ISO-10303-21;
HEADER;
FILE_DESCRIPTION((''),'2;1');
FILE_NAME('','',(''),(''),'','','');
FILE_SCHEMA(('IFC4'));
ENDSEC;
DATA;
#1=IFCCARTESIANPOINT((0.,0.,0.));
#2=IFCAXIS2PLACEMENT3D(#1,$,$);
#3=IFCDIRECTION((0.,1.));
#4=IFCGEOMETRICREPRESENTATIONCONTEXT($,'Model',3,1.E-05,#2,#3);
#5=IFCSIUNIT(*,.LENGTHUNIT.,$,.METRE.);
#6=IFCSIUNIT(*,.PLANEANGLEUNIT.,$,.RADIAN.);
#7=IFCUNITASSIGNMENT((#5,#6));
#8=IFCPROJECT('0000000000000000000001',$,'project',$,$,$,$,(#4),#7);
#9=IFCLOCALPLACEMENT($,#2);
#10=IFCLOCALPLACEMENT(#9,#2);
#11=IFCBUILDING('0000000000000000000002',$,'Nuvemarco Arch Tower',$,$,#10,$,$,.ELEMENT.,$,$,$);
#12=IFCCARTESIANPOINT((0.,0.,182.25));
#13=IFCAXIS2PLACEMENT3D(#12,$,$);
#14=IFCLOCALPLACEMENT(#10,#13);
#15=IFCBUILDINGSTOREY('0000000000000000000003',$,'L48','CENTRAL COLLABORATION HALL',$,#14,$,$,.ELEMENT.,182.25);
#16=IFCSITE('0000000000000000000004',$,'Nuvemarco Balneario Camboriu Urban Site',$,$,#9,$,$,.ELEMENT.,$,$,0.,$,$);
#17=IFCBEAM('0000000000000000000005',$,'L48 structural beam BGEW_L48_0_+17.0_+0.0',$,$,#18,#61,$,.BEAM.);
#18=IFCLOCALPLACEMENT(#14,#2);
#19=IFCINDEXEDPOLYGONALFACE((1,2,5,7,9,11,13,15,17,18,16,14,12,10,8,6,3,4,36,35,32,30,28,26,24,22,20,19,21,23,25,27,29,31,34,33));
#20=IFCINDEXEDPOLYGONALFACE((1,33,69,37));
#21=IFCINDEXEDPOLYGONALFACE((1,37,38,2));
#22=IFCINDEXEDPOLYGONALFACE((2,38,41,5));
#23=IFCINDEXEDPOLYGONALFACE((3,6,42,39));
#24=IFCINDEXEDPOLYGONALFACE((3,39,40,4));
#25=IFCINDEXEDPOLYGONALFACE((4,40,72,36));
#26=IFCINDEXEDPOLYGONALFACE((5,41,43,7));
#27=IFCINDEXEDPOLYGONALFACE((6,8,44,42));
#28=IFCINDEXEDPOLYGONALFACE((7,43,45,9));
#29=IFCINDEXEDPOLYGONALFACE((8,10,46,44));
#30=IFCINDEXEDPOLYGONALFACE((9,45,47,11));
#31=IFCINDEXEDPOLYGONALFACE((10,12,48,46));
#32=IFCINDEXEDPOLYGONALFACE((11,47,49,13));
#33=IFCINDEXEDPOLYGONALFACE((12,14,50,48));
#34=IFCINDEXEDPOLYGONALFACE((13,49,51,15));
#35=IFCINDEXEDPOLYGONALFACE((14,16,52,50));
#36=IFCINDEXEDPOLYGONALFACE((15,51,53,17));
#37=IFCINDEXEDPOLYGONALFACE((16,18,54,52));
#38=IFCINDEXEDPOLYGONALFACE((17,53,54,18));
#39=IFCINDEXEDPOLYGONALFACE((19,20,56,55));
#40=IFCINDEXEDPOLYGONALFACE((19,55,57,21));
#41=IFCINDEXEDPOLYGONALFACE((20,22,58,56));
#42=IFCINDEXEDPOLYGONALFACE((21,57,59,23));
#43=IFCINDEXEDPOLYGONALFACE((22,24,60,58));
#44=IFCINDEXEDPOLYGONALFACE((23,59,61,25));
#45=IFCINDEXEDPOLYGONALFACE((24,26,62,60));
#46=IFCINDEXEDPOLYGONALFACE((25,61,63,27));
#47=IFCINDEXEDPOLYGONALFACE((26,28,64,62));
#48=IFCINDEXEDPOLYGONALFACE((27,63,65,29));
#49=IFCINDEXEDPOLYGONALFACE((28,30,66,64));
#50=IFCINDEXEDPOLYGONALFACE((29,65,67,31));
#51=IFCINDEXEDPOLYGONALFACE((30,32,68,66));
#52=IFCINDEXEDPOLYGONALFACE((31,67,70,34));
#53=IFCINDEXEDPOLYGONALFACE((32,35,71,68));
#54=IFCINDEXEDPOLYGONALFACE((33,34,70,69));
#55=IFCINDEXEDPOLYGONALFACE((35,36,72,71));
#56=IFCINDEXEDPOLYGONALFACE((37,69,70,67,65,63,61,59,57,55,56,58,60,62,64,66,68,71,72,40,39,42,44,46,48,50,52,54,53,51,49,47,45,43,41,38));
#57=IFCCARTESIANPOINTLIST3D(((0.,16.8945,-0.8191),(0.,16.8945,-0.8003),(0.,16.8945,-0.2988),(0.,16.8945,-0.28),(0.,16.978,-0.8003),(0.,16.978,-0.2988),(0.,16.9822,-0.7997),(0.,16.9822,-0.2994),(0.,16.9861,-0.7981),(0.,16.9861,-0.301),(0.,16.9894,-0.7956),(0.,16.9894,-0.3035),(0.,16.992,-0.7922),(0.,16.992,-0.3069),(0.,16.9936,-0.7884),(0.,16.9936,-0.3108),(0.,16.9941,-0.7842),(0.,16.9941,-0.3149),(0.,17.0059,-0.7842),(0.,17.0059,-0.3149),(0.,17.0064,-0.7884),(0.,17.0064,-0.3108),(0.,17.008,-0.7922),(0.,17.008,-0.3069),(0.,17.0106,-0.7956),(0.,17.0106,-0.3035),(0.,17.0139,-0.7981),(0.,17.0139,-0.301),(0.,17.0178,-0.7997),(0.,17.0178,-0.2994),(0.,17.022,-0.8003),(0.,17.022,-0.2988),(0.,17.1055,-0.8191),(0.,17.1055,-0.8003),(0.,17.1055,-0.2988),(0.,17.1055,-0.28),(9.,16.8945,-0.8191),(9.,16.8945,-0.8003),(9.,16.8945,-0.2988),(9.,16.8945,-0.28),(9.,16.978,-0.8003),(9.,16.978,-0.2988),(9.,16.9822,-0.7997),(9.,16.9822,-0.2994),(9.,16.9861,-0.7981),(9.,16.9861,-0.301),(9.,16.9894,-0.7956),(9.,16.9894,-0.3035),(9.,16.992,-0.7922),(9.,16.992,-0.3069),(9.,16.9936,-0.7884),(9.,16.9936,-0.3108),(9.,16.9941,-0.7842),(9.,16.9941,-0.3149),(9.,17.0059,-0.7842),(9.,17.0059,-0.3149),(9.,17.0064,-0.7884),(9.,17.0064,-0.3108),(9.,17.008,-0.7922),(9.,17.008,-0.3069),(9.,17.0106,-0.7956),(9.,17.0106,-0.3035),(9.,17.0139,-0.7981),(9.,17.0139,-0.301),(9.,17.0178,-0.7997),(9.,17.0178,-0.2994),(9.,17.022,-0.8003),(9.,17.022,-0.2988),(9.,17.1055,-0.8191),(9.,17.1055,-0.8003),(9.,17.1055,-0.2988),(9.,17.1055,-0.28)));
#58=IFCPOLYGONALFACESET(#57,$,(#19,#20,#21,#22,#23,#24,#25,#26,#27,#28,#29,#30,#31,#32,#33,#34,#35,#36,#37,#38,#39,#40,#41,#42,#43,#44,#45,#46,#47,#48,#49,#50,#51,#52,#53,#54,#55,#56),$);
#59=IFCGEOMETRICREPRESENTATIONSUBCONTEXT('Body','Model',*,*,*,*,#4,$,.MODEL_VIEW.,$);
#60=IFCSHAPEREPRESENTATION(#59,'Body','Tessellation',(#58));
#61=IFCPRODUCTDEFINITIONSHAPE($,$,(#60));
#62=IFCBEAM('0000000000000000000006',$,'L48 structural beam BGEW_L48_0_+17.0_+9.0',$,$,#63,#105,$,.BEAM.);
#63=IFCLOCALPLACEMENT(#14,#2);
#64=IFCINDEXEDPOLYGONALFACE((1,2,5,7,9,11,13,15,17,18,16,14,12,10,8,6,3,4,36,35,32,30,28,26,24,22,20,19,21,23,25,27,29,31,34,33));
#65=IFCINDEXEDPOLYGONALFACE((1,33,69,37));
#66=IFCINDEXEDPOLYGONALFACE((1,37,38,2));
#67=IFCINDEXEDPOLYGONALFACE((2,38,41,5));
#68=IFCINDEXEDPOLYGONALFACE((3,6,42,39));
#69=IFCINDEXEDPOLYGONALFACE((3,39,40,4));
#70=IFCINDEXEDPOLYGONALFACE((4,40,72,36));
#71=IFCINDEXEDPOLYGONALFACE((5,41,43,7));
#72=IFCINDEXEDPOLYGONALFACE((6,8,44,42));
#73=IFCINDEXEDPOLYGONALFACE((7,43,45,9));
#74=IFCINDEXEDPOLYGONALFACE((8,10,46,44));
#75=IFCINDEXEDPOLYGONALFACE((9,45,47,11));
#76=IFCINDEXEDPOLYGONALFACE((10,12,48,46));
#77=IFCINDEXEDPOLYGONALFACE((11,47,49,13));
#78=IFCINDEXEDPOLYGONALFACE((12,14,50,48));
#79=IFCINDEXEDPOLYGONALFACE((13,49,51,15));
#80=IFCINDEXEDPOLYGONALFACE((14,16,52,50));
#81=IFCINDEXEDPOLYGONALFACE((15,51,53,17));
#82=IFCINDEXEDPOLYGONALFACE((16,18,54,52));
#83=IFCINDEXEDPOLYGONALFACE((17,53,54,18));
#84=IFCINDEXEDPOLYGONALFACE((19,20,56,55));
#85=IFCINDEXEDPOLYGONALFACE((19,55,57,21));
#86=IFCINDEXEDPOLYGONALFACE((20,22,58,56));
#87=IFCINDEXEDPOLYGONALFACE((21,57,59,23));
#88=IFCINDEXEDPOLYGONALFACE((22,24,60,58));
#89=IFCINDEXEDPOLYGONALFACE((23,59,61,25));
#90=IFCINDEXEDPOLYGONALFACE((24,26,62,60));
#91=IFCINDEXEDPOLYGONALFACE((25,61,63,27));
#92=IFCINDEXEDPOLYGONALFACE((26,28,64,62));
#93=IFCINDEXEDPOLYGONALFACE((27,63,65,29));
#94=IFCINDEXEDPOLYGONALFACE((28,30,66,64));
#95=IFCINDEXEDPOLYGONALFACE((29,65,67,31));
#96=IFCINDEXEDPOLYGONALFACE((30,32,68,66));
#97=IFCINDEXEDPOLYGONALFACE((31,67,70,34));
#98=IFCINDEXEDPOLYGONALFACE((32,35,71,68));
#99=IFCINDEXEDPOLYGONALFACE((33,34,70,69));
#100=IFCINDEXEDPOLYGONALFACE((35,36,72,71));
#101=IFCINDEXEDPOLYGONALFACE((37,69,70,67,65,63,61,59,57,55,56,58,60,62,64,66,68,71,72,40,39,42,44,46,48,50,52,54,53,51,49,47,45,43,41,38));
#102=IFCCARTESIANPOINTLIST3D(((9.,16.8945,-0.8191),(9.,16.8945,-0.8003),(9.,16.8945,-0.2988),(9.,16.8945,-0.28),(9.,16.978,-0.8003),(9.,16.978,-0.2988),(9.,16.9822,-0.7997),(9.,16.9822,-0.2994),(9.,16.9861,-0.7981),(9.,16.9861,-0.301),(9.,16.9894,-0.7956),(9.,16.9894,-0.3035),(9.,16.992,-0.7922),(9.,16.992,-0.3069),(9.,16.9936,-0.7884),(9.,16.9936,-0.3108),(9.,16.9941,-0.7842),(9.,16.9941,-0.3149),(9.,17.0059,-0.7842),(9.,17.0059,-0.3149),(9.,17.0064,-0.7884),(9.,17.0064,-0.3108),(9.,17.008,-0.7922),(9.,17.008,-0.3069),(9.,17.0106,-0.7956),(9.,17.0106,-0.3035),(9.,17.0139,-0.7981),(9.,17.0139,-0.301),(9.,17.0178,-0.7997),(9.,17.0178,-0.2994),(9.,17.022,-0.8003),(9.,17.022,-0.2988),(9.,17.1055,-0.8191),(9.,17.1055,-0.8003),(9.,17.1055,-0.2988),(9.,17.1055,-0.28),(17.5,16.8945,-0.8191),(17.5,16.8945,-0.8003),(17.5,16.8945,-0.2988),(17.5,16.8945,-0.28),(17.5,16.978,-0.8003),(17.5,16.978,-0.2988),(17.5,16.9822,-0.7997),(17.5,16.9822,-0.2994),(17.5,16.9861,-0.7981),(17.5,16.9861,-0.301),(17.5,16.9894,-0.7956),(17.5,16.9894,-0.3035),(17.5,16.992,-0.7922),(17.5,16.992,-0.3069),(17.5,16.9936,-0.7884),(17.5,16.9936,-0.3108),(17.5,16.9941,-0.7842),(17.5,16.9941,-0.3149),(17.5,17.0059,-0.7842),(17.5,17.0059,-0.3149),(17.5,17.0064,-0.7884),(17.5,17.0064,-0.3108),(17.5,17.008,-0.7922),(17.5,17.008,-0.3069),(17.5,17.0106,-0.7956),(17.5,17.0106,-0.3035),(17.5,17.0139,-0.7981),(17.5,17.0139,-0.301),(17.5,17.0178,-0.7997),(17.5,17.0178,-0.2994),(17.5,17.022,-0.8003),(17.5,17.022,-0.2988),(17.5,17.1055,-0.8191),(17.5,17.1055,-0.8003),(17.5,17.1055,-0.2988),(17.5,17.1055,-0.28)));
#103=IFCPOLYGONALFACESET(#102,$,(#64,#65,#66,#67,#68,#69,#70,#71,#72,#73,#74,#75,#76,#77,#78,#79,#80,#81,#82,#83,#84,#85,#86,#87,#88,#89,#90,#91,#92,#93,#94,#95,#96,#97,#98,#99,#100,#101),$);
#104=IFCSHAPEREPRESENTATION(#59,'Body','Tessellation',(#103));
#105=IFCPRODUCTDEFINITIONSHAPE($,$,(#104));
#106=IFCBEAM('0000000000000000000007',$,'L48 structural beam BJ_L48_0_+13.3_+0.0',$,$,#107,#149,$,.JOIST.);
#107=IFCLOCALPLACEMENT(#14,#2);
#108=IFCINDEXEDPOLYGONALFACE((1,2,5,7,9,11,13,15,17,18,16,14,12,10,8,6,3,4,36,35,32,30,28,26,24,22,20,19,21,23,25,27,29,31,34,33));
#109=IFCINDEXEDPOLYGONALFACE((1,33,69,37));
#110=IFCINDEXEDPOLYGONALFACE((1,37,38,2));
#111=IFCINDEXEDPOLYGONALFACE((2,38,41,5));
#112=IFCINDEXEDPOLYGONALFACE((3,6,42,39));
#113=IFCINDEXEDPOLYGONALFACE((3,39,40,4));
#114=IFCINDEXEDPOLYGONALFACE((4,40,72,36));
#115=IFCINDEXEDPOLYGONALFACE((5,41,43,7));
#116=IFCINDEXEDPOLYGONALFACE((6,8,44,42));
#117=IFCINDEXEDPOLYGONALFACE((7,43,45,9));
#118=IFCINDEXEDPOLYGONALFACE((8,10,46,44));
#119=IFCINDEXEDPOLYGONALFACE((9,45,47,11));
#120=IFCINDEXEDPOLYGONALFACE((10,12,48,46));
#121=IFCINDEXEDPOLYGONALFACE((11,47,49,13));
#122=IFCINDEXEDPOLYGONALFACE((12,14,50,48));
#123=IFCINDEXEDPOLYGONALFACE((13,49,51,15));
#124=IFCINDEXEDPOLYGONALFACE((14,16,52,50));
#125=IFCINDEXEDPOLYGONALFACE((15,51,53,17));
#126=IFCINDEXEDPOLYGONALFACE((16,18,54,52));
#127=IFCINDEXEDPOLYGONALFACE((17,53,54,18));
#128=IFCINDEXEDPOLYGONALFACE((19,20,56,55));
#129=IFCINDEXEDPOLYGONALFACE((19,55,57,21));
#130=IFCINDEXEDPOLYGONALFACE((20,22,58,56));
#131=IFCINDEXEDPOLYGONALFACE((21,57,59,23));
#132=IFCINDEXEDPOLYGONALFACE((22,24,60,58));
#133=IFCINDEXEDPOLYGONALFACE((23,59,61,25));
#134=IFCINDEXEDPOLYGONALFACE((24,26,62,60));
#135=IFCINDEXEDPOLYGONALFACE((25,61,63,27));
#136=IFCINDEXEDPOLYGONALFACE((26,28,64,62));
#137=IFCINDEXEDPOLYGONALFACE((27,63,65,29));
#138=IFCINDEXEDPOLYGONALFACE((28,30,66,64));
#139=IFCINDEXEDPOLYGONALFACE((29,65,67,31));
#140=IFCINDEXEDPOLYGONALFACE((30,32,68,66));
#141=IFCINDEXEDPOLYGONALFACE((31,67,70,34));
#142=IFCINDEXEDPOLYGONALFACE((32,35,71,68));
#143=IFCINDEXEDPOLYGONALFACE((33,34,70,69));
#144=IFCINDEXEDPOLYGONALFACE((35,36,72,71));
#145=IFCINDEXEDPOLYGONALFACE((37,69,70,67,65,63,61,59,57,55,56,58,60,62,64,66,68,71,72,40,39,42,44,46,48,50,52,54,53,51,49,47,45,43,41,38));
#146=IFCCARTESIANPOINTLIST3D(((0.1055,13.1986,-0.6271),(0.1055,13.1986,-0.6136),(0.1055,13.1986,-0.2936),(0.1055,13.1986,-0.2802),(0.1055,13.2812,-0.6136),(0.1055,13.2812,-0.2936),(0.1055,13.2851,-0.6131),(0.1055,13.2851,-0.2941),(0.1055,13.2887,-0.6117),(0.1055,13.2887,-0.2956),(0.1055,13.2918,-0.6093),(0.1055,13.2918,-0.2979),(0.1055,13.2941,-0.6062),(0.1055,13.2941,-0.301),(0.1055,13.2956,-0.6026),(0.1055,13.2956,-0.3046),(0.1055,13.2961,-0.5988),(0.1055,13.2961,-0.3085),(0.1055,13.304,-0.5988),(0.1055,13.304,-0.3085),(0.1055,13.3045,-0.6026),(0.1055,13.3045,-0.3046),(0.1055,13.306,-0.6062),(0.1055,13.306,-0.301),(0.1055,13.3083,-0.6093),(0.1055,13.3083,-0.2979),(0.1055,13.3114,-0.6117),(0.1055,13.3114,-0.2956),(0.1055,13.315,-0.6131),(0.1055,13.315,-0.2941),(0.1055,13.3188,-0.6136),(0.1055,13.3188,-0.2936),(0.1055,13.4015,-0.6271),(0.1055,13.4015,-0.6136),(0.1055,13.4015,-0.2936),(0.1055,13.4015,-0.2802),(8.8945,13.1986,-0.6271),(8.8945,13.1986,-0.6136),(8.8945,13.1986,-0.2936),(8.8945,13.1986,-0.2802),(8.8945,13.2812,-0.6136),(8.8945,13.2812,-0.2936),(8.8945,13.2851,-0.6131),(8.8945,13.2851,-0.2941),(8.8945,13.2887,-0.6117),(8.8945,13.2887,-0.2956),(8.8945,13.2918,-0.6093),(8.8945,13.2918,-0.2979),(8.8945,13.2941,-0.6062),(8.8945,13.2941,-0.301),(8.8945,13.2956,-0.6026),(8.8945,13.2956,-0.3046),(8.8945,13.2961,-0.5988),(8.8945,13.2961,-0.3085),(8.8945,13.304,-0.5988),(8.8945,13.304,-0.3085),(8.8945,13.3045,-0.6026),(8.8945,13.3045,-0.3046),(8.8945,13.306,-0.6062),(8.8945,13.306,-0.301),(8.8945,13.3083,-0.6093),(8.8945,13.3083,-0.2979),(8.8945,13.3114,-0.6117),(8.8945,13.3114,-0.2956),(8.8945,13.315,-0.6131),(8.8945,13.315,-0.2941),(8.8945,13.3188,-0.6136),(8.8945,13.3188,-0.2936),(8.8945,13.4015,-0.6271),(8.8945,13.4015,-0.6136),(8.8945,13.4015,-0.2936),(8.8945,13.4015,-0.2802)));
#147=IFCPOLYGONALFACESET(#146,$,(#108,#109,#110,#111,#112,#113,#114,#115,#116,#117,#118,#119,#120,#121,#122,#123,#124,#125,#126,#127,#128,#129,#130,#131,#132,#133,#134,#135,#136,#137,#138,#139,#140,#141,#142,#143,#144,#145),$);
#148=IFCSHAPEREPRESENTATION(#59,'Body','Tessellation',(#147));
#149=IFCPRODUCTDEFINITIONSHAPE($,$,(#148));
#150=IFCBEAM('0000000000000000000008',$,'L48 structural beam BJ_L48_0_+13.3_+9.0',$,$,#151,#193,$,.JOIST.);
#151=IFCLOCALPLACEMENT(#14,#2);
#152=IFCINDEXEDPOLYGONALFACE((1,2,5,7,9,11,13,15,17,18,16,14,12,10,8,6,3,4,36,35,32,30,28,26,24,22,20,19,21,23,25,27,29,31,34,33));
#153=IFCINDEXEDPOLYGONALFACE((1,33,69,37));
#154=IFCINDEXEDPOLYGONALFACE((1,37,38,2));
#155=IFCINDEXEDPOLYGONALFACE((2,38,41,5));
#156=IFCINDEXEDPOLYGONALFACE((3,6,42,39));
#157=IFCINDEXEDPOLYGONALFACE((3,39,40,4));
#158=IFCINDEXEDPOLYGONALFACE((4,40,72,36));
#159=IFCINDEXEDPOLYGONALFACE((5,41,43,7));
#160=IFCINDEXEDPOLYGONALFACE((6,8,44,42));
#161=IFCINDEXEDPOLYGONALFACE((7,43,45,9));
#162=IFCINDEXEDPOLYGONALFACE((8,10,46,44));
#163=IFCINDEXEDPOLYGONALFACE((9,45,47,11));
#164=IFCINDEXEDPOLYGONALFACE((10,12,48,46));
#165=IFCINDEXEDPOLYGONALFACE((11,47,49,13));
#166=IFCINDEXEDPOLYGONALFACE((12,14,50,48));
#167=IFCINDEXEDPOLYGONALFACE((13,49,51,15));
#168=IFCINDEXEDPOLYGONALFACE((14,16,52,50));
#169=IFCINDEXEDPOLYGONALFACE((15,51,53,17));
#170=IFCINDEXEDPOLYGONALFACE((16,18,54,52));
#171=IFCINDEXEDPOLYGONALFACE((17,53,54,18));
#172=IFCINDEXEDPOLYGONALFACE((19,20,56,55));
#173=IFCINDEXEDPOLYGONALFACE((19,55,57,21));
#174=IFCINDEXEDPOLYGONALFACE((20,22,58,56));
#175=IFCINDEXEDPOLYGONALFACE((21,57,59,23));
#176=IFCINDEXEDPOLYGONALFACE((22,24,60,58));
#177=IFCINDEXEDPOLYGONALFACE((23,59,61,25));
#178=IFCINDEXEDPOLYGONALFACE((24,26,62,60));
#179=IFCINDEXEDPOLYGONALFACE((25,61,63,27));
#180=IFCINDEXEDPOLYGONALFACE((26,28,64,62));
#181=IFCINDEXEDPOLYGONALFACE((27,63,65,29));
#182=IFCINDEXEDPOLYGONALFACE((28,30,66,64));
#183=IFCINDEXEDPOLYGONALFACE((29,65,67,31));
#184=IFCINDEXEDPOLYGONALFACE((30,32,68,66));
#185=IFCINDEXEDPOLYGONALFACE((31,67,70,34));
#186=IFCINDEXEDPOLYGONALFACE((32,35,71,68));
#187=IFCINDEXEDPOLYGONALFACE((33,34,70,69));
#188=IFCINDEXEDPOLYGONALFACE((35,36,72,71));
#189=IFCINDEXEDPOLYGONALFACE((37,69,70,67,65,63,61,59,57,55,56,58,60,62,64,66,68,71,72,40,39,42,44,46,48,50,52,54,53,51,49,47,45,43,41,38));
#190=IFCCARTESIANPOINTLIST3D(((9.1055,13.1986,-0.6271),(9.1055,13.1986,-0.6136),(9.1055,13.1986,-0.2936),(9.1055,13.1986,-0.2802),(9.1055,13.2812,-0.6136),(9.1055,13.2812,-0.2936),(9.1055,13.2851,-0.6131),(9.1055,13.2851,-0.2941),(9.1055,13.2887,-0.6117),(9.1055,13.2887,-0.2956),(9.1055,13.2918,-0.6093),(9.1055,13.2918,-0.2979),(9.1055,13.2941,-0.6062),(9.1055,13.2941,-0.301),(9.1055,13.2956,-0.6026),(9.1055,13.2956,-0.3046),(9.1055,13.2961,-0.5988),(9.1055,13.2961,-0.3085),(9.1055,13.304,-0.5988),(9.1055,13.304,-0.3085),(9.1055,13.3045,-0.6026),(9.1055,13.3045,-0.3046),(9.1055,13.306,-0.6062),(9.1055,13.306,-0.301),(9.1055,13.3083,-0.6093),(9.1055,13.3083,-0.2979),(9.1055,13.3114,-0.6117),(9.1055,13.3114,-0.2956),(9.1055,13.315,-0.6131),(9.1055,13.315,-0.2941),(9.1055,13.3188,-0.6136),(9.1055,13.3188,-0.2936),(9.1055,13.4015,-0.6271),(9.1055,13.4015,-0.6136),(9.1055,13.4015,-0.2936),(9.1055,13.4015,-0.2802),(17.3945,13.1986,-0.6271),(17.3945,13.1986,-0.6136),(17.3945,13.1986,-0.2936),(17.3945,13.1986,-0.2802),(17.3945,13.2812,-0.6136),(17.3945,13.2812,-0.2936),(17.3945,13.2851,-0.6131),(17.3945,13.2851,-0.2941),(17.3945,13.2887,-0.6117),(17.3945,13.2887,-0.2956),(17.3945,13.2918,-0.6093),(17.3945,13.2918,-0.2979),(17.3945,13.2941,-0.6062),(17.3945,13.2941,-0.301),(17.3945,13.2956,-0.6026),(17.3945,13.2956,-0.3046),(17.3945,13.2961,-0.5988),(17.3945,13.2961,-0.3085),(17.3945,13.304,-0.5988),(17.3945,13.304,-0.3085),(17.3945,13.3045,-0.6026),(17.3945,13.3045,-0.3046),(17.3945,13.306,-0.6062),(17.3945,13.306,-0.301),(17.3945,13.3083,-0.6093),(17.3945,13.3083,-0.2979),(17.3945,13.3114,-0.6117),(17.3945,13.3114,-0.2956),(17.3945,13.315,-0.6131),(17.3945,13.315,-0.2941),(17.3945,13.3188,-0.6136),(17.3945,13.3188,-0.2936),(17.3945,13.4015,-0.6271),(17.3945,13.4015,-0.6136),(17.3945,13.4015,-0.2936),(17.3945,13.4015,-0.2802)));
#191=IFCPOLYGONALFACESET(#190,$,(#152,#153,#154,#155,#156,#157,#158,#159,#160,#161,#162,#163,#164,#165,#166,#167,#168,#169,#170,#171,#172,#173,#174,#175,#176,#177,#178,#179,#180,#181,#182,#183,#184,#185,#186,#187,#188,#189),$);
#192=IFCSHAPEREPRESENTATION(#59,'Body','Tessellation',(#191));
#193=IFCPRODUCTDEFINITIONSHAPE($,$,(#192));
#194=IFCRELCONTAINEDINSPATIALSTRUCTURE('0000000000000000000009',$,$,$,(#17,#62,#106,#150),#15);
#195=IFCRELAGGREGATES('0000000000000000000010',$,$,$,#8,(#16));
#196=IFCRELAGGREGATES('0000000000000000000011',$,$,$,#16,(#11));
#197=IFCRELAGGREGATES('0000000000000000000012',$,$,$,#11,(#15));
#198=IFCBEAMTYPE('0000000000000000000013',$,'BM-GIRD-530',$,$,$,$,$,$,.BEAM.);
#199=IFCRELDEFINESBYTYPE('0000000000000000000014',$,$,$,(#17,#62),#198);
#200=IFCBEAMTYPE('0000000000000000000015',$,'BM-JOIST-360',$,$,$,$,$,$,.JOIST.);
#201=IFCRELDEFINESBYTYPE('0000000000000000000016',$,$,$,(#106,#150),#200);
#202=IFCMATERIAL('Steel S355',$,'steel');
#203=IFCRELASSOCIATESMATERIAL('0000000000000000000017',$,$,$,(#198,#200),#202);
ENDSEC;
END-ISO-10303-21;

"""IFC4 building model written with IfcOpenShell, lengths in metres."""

from ifc_helpers import new_model, si_unit, direction, frame, origin, origin_2d, place, context, subcontext, project, spatial, i_section, extrude, material, material_profile, profile_set, type_object, element, save


model = new_model("IFC4")

# Units and contexts
model_context = context("Model", 3, precision=1e-05, world=origin(), true_north=direction((0.0, 1.0)))
body_context = subcontext(model_context, "Body", "Model", "MODEL_VIEW")
ifc_project = project(units=[si_unit("LENGTHUNIT", "METRE"), si_unit("PLANEANGLEUNIT", "RADIAN")], contexts=[model_context])

# Site, building, storey
site_placement = place(None, origin())
site = spatial("IfcSite", under=ifc_project, at=site_placement, Name="Nuvemarco Balneario Camboriu Urban Site", CompositionType="ELEMENT", RefElevation=0.0)
building_placement = place(site_placement, origin())
building = spatial("IfcBuilding", under=site, at=building_placement, Name="Nuvemarco Arch Tower", CompositionType="ELEMENT")
storey_placement = place(building_placement, frame((0.0, 0.0, 182.25)))
storey = spatial("IfcBuildingStorey", under=building, at=storey_placement, Name="L48", Description="CENTRAL COLLABORATION HALL", CompositionType="ELEMENT", Elevation=182.25)

# Shared definitions
ifc_material_1 = material(Name="Steel S355", Category="steel")

# Beams
ifc_material_profile_1 = material_profile(ifc_material_1, i_section(OverallWidth=0.2109, OverallDepth=0.5391, WebThickness=0.0117, FlangeThickness=0.0188, FilletRadius=0.0161, at=origin_2d()), Name="W530x109")
ifc_profile_set_1 = profile_set([ifc_material_profile_1], Name="Steel S355")
beam_type_1 = type_object("IfcBeamType", Name="BM-GIRD-530", PredefinedType="BEAM", material=ifc_profile_set_1)
beam_1_placement = place(storey_placement, frame((0.0, 17.0, -0.5496), z_axis=(1.0, 0.0, 0.0), x_axis=(0.0, 1.0, 0.0)))
element("IfcBeam", 1, at=beam_1_placement, inside=storey, type_object=beam_type_1, Name="L48 structural beam BGEW_L48_0_+17.0_+0.0", PredefinedType="BEAM", context=body_context, shape_type="SweptSolid", body=[
    extrude(i_section(OverallWidth=0.2109, OverallDepth=0.5391, WebThickness=0.0117, FlangeThickness=0.0188, FilletRadius=0.0161, at=origin_2d()), origin(), (0.0, 0.0, 1.0), 9.0),
])
beam_2_placement = place(storey_placement, frame((9.0, 17.0, -0.5496), z_axis=(1.0, 0.0, 0.0), x_axis=(0.0, 1.0, 0.0)))
element("IfcBeam", 2, at=beam_2_placement, inside=storey, type_object=beam_type_1, Name="L48 structural beam BGEW_L48_0_+17.0_+9.0", PredefinedType="BEAM", context=body_context, shape_type="SweptSolid", body=[
    extrude(i_section(OverallWidth=0.2109, OverallDepth=0.5391, WebThickness=0.0117, FlangeThickness=0.0188, FilletRadius=0.0161, at=origin_2d()), origin(), (0.0, 0.0, 1.0), 8.5),
])
ifc_material_profile_2 = material_profile(ifc_material_1, i_section(OverallWidth=0.2029, OverallDepth=0.3469, WebThickness=0.0078, FlangeThickness=0.0134, FilletRadius=0.0149, at=origin_2d()), Name="W360x64")
ifc_profile_set_2 = profile_set([ifc_material_profile_2], Name="Steel S355")
beam_type_2 = type_object("IfcBeamType", Name="BM-JOIST-360", PredefinedType="JOIST", material=ifc_profile_set_2)
beam_3_placement = place(storey_placement, frame((0.1055, 13.3, -0.4536), z_axis=(1.0, 0.0, 0.0), x_axis=(0.0, 1.0, 0.0)))
element("IfcBeam", 3, at=beam_3_placement, inside=storey, type_object=beam_type_2, Name="L48 structural beam BJ_L48_0_+13.3_+0.0", PredefinedType="JOIST", context=body_context, shape_type="SweptSolid", body=[
    extrude(i_section(OverallWidth=0.2029, OverallDepth=0.3469, WebThickness=0.0078, FlangeThickness=0.0134, FilletRadius=0.0149, at=origin_2d()), origin(), (0.0, 0.0, 1.0), 8.7891),
])
beam_4_placement = place(storey_placement, frame((9.1055, 13.3, -0.4536), z_axis=(1.0, 0.0, 0.0), x_axis=(0.0, 1.0, 0.0)))
element("IfcBeam", 4, at=beam_4_placement, inside=storey, type_object=beam_type_2, Name="L48 structural beam BJ_L48_0_+13.3_+9.0", PredefinedType="JOIST", context=body_context, shape_type="SweptSolid", body=[
    extrude(i_section(OverallWidth=0.2029, OverallDepth=0.3469, WebThickness=0.0078, FlangeThickness=0.0134, FilletRadius=0.0149, at=origin_2d()), origin(), (0.0, 0.0, 1.0), 8.2891),
])

save(model, "model.ifc")
